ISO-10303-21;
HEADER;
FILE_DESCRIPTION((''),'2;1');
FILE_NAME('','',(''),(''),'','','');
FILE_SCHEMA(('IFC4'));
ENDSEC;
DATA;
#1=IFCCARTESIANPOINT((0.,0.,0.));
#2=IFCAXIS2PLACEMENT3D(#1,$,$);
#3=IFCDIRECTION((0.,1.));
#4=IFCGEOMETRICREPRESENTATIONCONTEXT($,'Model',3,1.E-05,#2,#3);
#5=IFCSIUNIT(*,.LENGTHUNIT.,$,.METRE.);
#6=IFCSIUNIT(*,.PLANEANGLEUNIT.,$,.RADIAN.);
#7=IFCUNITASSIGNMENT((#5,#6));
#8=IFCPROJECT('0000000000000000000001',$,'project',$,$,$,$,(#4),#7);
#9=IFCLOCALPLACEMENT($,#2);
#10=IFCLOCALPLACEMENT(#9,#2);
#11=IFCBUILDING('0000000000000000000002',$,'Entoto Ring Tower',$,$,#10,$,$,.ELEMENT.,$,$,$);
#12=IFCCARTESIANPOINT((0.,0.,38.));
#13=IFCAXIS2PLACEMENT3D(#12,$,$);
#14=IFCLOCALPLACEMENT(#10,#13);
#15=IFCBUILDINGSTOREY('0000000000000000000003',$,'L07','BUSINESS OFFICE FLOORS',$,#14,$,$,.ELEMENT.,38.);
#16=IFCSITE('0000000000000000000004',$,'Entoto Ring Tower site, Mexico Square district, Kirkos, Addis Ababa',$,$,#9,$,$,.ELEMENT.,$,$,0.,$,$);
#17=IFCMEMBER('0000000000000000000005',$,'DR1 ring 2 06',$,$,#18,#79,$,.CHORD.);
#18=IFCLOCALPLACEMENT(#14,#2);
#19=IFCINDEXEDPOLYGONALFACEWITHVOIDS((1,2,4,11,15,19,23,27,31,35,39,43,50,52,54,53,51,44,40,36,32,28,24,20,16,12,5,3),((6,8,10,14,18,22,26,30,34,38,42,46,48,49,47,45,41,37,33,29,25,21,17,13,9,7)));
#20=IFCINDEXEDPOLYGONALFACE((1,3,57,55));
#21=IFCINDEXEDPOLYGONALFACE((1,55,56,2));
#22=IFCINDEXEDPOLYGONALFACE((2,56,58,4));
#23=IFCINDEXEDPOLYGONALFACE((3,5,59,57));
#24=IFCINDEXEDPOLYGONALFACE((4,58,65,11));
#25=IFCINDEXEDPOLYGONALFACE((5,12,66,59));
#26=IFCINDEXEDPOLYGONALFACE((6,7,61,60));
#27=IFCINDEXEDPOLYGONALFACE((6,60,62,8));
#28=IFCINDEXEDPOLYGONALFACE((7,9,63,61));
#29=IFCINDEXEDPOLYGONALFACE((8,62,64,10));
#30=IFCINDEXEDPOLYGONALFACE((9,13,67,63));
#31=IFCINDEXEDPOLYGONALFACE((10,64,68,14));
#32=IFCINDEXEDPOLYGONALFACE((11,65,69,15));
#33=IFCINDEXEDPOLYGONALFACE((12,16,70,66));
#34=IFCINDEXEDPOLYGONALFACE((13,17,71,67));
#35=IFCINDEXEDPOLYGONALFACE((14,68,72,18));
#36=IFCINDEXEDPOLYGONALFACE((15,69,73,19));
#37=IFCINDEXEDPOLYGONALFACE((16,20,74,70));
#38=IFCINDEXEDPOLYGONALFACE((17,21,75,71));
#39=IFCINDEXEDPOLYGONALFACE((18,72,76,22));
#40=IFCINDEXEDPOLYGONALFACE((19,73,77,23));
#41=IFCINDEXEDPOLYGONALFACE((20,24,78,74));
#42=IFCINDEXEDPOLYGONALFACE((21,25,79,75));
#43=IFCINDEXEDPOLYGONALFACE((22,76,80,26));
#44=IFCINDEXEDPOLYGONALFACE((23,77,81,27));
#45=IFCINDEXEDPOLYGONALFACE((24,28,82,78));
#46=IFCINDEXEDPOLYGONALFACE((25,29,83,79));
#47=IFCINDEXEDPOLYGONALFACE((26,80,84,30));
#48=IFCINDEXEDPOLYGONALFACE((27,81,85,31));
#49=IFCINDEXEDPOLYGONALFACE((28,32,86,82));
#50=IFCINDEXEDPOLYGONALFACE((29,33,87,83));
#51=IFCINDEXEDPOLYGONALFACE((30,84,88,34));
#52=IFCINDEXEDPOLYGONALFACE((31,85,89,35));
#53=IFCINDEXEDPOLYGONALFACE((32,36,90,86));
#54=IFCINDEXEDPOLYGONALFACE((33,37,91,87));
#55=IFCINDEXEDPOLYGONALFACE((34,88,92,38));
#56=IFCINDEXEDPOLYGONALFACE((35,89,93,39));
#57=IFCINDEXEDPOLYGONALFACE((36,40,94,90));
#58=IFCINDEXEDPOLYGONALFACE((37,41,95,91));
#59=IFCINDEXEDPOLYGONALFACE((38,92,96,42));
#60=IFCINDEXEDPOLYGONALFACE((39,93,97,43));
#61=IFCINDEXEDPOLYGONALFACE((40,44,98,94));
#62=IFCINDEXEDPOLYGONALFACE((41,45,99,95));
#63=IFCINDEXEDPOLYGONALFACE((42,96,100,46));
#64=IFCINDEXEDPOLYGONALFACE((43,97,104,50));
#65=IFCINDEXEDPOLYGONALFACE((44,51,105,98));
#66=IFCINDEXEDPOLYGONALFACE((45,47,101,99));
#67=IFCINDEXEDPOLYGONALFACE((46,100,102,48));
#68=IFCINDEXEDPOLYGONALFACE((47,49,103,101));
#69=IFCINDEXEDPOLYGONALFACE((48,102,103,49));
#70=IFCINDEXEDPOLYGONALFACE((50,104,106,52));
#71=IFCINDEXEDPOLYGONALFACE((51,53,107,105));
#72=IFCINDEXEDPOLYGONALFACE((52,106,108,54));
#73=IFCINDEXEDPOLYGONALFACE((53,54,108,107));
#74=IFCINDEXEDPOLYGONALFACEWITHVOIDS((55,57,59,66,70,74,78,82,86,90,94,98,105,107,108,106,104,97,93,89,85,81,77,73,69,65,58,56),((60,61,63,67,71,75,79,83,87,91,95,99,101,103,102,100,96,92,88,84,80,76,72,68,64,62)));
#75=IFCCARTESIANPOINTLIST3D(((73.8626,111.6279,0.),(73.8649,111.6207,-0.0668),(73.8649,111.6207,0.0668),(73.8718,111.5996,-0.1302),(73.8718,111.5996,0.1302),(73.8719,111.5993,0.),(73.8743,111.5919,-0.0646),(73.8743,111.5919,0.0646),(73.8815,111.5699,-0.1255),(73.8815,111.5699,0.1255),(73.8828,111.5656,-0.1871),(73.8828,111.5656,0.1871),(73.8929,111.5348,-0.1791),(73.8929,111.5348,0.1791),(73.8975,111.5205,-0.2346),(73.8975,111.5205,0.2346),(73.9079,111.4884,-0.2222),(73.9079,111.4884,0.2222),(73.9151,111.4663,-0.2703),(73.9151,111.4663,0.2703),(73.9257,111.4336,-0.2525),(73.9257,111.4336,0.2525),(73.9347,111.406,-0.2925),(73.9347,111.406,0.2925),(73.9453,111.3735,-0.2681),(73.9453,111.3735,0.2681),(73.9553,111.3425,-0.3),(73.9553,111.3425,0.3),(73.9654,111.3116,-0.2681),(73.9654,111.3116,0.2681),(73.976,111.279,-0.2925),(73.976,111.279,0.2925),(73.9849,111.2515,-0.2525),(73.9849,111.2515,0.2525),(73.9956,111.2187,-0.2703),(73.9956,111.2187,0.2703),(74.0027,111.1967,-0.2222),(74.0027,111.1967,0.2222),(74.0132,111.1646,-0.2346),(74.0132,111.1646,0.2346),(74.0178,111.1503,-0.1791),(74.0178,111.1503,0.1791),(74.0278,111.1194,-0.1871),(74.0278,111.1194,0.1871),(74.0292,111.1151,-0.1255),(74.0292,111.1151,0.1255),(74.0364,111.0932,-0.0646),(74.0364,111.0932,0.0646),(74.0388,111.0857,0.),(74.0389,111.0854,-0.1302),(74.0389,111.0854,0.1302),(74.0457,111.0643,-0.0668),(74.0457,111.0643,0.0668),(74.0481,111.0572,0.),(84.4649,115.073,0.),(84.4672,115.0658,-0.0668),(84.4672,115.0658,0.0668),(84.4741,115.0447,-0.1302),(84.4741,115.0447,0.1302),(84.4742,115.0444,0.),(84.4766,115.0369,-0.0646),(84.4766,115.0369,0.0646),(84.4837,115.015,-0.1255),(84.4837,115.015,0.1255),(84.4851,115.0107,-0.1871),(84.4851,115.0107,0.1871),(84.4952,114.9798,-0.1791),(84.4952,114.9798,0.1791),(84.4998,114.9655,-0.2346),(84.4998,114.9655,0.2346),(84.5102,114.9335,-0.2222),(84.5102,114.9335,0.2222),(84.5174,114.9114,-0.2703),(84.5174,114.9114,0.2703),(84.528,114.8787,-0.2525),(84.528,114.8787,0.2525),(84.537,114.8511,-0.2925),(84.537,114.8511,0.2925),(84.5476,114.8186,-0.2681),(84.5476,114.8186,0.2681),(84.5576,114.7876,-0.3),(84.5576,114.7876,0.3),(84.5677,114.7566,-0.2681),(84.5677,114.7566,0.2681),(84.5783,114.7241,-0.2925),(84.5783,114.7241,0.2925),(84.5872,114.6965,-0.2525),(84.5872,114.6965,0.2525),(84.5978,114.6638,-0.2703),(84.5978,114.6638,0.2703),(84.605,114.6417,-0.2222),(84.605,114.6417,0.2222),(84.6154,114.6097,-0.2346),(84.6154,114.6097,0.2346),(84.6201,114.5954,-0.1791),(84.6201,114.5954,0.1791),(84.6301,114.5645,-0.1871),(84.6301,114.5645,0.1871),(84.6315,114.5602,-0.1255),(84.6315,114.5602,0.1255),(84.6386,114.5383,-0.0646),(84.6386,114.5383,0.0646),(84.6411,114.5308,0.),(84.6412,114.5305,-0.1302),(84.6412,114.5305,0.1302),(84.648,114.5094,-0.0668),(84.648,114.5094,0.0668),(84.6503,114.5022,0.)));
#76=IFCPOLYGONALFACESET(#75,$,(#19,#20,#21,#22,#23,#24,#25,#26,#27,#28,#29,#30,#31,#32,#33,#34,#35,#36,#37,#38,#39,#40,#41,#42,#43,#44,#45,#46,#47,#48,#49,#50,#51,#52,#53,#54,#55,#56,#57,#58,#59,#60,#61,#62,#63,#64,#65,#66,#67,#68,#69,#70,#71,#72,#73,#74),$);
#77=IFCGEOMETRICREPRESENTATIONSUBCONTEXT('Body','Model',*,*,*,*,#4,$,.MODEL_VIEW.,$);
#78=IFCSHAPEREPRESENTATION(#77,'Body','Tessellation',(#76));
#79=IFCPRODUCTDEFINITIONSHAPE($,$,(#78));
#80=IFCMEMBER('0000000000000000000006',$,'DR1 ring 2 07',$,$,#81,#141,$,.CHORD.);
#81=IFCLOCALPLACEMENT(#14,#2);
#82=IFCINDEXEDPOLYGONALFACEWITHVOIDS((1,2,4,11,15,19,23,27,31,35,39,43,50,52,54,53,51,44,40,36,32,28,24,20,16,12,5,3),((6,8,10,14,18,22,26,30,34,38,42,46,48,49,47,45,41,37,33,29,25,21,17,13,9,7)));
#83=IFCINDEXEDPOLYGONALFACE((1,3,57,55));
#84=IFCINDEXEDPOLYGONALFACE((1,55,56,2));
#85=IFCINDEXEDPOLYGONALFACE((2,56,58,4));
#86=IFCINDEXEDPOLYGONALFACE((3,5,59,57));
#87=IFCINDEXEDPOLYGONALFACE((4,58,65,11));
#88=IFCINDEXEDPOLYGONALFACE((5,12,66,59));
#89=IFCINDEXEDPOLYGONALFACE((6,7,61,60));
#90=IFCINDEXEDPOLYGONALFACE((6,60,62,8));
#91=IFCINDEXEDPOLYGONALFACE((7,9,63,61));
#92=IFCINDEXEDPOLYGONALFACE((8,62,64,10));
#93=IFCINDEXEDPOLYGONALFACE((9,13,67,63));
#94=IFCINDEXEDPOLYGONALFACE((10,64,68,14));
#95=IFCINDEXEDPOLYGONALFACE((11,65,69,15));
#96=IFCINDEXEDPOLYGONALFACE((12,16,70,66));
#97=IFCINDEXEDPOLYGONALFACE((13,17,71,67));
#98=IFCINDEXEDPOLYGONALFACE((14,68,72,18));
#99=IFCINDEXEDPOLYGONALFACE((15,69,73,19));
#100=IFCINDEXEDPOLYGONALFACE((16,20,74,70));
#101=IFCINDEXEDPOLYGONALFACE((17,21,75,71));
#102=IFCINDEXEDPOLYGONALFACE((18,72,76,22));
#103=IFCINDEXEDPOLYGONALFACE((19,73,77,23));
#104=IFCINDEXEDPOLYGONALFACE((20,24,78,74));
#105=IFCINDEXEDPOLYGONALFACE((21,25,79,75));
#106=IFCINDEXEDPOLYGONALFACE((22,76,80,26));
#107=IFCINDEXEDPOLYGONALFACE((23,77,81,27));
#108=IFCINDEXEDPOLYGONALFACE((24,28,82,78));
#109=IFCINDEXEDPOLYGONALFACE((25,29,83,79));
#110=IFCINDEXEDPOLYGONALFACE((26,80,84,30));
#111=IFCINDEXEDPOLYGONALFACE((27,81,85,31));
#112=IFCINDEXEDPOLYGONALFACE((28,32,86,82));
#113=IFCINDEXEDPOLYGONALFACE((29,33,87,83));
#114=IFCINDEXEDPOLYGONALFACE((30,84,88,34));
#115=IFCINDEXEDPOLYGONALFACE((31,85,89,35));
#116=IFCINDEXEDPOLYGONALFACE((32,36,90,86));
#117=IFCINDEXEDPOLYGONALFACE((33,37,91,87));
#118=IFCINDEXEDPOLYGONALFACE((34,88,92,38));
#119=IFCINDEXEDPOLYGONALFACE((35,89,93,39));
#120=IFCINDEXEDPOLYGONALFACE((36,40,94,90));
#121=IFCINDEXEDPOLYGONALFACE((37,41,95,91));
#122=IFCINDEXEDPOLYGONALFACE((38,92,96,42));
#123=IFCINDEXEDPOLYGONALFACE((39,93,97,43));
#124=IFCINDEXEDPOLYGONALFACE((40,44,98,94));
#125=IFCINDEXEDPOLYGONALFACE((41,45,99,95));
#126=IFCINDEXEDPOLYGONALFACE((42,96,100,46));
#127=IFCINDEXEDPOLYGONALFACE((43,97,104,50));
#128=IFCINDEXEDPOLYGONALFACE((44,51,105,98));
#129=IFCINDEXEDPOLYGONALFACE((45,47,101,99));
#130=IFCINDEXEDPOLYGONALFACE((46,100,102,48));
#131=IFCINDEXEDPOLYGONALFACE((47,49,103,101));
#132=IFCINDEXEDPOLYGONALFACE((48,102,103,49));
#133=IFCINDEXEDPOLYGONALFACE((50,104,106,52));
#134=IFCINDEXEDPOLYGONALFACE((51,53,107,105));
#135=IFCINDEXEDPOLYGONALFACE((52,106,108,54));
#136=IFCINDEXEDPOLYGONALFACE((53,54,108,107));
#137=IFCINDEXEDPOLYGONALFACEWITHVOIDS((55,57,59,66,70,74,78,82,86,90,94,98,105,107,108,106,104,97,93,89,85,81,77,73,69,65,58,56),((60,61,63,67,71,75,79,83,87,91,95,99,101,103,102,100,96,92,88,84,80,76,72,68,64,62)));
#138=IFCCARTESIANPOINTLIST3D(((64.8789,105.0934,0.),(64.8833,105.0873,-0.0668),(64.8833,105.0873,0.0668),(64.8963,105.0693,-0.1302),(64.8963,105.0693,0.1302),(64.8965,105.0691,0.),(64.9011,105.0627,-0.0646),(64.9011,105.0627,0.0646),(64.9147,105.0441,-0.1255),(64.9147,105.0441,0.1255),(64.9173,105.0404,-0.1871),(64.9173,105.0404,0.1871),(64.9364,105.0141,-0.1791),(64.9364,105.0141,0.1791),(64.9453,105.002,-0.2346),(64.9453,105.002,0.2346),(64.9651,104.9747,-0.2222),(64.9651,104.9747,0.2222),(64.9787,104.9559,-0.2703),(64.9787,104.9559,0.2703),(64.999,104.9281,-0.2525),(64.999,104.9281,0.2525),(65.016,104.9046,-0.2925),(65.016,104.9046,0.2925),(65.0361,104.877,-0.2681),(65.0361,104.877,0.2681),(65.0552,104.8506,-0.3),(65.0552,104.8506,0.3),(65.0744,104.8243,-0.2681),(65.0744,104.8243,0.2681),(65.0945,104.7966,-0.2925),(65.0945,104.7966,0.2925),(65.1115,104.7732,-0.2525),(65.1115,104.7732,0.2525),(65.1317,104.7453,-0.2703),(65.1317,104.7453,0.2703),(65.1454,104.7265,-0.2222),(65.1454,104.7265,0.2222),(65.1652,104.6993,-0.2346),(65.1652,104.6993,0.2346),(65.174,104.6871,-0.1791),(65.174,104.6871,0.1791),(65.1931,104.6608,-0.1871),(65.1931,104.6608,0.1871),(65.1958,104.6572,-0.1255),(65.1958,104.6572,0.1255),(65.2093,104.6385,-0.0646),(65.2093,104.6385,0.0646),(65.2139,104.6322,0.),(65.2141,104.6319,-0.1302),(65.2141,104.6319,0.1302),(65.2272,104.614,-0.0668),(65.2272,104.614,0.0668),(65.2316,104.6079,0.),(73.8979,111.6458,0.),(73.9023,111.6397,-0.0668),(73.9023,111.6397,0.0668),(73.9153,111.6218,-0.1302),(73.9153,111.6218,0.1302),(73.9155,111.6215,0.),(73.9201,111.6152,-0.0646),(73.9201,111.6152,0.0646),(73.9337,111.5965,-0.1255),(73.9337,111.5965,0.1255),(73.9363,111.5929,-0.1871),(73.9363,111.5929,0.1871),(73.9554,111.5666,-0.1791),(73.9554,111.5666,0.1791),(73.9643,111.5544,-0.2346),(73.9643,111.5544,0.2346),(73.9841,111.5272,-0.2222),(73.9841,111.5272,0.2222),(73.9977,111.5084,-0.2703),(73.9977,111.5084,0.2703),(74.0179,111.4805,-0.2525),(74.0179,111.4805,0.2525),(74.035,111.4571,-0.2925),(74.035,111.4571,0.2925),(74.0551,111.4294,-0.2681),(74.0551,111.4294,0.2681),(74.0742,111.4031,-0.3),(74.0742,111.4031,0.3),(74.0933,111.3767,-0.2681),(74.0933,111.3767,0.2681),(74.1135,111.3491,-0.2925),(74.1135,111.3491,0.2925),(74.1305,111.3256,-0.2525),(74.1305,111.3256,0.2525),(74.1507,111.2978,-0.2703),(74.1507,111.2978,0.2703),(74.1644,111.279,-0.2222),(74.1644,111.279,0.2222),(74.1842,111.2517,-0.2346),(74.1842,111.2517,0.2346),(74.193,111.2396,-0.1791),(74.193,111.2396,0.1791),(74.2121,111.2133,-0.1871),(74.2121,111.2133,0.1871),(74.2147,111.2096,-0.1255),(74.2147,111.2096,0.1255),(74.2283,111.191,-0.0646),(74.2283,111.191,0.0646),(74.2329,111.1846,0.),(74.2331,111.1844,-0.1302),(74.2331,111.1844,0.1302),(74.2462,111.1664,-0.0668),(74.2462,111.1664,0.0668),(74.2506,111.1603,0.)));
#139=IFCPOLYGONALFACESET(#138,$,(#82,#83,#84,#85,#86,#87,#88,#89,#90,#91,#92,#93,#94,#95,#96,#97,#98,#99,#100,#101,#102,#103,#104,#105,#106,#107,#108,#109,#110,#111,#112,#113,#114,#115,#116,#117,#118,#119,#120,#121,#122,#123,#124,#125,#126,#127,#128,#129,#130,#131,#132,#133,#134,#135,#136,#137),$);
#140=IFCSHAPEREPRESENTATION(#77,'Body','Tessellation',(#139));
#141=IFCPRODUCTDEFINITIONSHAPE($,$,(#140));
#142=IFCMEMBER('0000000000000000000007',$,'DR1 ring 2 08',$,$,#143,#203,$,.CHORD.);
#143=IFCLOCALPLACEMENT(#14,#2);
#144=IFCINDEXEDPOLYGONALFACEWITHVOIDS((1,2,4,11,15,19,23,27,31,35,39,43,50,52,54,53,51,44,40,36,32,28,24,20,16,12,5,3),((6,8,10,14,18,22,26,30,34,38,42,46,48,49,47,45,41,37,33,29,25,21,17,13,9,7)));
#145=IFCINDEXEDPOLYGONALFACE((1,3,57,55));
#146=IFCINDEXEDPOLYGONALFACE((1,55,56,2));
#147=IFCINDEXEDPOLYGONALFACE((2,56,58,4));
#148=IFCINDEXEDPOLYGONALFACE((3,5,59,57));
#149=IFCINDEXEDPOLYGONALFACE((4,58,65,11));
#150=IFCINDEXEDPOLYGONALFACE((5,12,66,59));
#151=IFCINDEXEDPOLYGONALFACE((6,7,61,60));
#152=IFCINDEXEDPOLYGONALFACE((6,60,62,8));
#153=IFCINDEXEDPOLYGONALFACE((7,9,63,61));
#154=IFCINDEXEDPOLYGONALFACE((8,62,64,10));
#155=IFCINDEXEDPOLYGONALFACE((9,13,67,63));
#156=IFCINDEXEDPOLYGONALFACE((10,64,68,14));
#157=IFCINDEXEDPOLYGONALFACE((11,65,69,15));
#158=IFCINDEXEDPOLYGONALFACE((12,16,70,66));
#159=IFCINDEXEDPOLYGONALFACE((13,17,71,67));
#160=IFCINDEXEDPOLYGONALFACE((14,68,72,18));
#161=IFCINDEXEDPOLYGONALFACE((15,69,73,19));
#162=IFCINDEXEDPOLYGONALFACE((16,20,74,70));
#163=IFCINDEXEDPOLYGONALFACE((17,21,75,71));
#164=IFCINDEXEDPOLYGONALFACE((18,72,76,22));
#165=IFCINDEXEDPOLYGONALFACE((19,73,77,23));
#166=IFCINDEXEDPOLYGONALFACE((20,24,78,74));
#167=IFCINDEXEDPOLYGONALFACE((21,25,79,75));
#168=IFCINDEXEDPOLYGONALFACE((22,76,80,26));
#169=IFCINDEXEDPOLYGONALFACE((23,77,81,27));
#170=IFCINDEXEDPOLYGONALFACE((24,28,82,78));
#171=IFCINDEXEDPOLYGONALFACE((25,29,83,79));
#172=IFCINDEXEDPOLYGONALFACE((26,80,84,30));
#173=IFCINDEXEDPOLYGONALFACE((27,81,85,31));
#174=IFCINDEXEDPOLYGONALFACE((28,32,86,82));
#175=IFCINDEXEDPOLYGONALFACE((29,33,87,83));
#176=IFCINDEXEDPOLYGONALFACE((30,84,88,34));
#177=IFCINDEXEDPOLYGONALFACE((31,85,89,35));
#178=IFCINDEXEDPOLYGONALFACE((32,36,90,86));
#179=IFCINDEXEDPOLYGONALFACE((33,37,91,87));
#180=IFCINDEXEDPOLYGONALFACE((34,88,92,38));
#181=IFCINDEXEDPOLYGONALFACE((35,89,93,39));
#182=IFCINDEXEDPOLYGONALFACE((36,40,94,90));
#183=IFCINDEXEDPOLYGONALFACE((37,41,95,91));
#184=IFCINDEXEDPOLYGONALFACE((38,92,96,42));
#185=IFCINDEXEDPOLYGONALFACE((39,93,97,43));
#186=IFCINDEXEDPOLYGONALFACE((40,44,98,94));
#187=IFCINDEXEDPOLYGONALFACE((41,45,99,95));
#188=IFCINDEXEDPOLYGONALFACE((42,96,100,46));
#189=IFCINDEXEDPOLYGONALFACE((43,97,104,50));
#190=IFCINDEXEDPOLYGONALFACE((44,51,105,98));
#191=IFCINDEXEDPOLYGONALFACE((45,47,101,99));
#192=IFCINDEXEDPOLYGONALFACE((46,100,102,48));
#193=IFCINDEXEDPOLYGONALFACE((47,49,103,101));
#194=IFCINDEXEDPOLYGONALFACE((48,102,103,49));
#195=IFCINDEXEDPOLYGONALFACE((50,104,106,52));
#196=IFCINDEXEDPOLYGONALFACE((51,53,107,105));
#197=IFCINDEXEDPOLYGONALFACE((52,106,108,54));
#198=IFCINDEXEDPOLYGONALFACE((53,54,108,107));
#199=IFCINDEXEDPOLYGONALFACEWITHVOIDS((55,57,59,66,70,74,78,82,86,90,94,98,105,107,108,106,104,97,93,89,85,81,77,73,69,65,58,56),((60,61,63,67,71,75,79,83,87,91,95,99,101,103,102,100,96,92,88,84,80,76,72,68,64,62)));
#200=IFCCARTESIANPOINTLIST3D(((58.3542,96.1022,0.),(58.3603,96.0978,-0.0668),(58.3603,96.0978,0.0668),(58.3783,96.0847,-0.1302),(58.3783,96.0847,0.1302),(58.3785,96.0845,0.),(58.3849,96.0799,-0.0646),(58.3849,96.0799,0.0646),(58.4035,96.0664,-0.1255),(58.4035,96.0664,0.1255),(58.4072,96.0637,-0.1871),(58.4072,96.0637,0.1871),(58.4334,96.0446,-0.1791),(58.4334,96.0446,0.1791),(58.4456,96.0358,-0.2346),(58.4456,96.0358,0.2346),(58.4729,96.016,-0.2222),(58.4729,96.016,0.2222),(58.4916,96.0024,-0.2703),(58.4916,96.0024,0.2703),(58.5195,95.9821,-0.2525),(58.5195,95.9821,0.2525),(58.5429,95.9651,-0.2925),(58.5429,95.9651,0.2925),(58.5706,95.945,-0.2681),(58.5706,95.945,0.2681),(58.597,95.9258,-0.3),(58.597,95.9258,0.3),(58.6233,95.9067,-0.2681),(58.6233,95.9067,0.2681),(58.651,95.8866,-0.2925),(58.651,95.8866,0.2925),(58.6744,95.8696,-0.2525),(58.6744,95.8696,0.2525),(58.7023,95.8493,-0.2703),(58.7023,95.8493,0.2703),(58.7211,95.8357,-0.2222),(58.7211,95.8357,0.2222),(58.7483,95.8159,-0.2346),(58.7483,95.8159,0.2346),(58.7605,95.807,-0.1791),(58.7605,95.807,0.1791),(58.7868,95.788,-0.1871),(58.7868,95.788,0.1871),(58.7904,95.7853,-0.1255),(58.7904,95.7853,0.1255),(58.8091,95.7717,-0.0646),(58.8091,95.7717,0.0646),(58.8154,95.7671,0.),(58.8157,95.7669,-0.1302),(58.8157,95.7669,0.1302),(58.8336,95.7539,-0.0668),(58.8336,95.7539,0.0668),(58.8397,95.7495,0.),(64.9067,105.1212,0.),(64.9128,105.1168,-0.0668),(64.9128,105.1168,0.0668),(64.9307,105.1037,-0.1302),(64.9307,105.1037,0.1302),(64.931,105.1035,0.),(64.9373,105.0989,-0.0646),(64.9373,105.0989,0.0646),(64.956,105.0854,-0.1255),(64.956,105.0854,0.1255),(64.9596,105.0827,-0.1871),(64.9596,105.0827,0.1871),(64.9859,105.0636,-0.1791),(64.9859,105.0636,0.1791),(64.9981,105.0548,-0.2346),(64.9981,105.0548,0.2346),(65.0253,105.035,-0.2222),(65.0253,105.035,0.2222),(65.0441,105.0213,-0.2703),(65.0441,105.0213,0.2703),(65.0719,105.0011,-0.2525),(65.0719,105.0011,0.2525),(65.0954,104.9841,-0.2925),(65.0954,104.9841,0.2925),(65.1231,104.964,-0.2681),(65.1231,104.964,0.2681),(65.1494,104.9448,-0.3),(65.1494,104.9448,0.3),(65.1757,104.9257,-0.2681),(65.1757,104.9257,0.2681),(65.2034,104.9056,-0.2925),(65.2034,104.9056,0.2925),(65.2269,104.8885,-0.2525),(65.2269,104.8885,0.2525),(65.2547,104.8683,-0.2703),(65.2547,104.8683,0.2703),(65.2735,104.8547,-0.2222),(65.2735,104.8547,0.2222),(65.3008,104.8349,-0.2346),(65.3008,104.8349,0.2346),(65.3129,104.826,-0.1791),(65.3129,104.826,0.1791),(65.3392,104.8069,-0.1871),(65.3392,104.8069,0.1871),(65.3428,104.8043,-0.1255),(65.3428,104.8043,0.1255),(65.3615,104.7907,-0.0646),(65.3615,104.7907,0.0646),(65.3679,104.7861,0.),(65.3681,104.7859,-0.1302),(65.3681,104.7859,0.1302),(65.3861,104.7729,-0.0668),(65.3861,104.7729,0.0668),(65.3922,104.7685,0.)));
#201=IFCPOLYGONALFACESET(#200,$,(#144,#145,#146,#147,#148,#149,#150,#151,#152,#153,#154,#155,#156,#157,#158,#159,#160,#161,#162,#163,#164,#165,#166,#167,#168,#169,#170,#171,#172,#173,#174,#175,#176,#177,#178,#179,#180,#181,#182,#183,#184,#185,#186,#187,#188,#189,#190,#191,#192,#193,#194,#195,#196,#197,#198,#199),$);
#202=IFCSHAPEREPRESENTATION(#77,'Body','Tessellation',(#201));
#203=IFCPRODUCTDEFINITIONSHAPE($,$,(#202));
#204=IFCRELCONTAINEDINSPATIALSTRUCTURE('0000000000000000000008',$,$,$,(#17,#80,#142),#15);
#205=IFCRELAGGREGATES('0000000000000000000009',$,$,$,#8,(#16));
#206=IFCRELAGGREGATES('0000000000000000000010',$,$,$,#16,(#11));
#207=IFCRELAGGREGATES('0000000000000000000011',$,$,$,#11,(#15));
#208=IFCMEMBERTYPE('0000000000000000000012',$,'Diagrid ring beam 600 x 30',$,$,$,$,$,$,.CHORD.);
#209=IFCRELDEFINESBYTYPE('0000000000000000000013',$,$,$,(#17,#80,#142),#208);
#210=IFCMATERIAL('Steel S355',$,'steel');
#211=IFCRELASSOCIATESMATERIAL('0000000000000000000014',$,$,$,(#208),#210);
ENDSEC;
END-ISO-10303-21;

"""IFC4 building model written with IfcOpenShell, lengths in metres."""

from ifc_helpers import new_model, si_unit, direction, frame, origin, origin_2d, place, context, subcontext, project, spatial, circle, hollow_circle, extrude, material, material_profile, profile_set, type_object, element, save


model = new_model("IFC4")

# Units and contexts
model_context = context("Model", 3, precision=1e-05, world=origin(), true_north=direction((0.0, 1.0)))
body_context = subcontext(model_context, "Body", "Model", "MODEL_VIEW")
ifc_project = project(units=[si_unit("LENGTHUNIT", "METRE"), si_unit("PLANEANGLEUNIT", "RADIAN")], contexts=[model_context])

# Site, building, storey
site_placement = place(None, origin())
site = spatial("IfcSite", under=ifc_project, at=site_placement, Name="Entoto Ring Tower site, Mexico Square district, Kirkos, Addis Ababa", CompositionType="ELEMENT", RefElevation=0.0)
building_placement = place(site_placement, origin())
building = spatial("IfcBuilding", under=site, at=building_placement, Name="Entoto Ring Tower", CompositionType="ELEMENT")
storey_placement = place(building_placement, frame((0.0, 0.0, 38.0)))
storey = spatial("IfcBuildingStorey", under=building, at=storey_placement, Name="L07", Description="BUSINESS OFFICE FLOORS", CompositionType="ELEMENT", Elevation=38.0)

# Members
ifc_material_1 = material(Name="Steel S355", Category="steel")
ifc_material_profile_1 = material_profile(ifc_material_1, hollow_circle(Radius=0.3, WallThickness=0.03, at=origin_2d()), Name="CHS 600 x 30")
ifc_material_2 = material(Name="Concrete C60/75", Category="concrete")
ifc_material_profile_2 = material_profile(ifc_material_2, circle(Radius=0.27, at=origin_2d()), Name="Concrete C60/75 infill")
ifc_profile_set_1 = profile_set([ifc_material_profile_1, ifc_material_profile_2], Name="Steel S355")
member_type_1 = type_object("IfcMemberType", Name="Diagrid ring beam 600 x 30", PredefinedType="CHORD", material=ifc_profile_set_1)
for number, where, z_axis, x_axis, name in (
    (1, (84.5576, 114.7876, 0.0), (-0.951052, -0.309031, 0.0), (0.309031, -0.951052, 0.0), "DR1 ring 2 06"),
    (2, (74.0742, 111.4031, 0.0), (-0.809027, -0.587772, 0.0), (0.587772, -0.809027, 0.0), "DR1 ring 2 07"),
    (3, (65.1494, 104.9448, 0.0), (-0.587772, -0.809027, 0.0), (0.809027, -0.587772, 0.0), "DR1 ring 2 08"),
):
    element("IfcMember", number, at=place(storey_placement, frame(where, z_axis=z_axis, x_axis=x_axis)), inside=storey, type_object=member_type_1, Name=name, PredefinedType="CHORD", context=body_context, shape_type="SweptSolid", body=[
        extrude(hollow_circle(Radius=0.3, WallThickness=0.03, at=origin_2d()), origin(), (0.0, 0.0, 1.0), 11.1479),
    ])

save(model, "model.ifc")
